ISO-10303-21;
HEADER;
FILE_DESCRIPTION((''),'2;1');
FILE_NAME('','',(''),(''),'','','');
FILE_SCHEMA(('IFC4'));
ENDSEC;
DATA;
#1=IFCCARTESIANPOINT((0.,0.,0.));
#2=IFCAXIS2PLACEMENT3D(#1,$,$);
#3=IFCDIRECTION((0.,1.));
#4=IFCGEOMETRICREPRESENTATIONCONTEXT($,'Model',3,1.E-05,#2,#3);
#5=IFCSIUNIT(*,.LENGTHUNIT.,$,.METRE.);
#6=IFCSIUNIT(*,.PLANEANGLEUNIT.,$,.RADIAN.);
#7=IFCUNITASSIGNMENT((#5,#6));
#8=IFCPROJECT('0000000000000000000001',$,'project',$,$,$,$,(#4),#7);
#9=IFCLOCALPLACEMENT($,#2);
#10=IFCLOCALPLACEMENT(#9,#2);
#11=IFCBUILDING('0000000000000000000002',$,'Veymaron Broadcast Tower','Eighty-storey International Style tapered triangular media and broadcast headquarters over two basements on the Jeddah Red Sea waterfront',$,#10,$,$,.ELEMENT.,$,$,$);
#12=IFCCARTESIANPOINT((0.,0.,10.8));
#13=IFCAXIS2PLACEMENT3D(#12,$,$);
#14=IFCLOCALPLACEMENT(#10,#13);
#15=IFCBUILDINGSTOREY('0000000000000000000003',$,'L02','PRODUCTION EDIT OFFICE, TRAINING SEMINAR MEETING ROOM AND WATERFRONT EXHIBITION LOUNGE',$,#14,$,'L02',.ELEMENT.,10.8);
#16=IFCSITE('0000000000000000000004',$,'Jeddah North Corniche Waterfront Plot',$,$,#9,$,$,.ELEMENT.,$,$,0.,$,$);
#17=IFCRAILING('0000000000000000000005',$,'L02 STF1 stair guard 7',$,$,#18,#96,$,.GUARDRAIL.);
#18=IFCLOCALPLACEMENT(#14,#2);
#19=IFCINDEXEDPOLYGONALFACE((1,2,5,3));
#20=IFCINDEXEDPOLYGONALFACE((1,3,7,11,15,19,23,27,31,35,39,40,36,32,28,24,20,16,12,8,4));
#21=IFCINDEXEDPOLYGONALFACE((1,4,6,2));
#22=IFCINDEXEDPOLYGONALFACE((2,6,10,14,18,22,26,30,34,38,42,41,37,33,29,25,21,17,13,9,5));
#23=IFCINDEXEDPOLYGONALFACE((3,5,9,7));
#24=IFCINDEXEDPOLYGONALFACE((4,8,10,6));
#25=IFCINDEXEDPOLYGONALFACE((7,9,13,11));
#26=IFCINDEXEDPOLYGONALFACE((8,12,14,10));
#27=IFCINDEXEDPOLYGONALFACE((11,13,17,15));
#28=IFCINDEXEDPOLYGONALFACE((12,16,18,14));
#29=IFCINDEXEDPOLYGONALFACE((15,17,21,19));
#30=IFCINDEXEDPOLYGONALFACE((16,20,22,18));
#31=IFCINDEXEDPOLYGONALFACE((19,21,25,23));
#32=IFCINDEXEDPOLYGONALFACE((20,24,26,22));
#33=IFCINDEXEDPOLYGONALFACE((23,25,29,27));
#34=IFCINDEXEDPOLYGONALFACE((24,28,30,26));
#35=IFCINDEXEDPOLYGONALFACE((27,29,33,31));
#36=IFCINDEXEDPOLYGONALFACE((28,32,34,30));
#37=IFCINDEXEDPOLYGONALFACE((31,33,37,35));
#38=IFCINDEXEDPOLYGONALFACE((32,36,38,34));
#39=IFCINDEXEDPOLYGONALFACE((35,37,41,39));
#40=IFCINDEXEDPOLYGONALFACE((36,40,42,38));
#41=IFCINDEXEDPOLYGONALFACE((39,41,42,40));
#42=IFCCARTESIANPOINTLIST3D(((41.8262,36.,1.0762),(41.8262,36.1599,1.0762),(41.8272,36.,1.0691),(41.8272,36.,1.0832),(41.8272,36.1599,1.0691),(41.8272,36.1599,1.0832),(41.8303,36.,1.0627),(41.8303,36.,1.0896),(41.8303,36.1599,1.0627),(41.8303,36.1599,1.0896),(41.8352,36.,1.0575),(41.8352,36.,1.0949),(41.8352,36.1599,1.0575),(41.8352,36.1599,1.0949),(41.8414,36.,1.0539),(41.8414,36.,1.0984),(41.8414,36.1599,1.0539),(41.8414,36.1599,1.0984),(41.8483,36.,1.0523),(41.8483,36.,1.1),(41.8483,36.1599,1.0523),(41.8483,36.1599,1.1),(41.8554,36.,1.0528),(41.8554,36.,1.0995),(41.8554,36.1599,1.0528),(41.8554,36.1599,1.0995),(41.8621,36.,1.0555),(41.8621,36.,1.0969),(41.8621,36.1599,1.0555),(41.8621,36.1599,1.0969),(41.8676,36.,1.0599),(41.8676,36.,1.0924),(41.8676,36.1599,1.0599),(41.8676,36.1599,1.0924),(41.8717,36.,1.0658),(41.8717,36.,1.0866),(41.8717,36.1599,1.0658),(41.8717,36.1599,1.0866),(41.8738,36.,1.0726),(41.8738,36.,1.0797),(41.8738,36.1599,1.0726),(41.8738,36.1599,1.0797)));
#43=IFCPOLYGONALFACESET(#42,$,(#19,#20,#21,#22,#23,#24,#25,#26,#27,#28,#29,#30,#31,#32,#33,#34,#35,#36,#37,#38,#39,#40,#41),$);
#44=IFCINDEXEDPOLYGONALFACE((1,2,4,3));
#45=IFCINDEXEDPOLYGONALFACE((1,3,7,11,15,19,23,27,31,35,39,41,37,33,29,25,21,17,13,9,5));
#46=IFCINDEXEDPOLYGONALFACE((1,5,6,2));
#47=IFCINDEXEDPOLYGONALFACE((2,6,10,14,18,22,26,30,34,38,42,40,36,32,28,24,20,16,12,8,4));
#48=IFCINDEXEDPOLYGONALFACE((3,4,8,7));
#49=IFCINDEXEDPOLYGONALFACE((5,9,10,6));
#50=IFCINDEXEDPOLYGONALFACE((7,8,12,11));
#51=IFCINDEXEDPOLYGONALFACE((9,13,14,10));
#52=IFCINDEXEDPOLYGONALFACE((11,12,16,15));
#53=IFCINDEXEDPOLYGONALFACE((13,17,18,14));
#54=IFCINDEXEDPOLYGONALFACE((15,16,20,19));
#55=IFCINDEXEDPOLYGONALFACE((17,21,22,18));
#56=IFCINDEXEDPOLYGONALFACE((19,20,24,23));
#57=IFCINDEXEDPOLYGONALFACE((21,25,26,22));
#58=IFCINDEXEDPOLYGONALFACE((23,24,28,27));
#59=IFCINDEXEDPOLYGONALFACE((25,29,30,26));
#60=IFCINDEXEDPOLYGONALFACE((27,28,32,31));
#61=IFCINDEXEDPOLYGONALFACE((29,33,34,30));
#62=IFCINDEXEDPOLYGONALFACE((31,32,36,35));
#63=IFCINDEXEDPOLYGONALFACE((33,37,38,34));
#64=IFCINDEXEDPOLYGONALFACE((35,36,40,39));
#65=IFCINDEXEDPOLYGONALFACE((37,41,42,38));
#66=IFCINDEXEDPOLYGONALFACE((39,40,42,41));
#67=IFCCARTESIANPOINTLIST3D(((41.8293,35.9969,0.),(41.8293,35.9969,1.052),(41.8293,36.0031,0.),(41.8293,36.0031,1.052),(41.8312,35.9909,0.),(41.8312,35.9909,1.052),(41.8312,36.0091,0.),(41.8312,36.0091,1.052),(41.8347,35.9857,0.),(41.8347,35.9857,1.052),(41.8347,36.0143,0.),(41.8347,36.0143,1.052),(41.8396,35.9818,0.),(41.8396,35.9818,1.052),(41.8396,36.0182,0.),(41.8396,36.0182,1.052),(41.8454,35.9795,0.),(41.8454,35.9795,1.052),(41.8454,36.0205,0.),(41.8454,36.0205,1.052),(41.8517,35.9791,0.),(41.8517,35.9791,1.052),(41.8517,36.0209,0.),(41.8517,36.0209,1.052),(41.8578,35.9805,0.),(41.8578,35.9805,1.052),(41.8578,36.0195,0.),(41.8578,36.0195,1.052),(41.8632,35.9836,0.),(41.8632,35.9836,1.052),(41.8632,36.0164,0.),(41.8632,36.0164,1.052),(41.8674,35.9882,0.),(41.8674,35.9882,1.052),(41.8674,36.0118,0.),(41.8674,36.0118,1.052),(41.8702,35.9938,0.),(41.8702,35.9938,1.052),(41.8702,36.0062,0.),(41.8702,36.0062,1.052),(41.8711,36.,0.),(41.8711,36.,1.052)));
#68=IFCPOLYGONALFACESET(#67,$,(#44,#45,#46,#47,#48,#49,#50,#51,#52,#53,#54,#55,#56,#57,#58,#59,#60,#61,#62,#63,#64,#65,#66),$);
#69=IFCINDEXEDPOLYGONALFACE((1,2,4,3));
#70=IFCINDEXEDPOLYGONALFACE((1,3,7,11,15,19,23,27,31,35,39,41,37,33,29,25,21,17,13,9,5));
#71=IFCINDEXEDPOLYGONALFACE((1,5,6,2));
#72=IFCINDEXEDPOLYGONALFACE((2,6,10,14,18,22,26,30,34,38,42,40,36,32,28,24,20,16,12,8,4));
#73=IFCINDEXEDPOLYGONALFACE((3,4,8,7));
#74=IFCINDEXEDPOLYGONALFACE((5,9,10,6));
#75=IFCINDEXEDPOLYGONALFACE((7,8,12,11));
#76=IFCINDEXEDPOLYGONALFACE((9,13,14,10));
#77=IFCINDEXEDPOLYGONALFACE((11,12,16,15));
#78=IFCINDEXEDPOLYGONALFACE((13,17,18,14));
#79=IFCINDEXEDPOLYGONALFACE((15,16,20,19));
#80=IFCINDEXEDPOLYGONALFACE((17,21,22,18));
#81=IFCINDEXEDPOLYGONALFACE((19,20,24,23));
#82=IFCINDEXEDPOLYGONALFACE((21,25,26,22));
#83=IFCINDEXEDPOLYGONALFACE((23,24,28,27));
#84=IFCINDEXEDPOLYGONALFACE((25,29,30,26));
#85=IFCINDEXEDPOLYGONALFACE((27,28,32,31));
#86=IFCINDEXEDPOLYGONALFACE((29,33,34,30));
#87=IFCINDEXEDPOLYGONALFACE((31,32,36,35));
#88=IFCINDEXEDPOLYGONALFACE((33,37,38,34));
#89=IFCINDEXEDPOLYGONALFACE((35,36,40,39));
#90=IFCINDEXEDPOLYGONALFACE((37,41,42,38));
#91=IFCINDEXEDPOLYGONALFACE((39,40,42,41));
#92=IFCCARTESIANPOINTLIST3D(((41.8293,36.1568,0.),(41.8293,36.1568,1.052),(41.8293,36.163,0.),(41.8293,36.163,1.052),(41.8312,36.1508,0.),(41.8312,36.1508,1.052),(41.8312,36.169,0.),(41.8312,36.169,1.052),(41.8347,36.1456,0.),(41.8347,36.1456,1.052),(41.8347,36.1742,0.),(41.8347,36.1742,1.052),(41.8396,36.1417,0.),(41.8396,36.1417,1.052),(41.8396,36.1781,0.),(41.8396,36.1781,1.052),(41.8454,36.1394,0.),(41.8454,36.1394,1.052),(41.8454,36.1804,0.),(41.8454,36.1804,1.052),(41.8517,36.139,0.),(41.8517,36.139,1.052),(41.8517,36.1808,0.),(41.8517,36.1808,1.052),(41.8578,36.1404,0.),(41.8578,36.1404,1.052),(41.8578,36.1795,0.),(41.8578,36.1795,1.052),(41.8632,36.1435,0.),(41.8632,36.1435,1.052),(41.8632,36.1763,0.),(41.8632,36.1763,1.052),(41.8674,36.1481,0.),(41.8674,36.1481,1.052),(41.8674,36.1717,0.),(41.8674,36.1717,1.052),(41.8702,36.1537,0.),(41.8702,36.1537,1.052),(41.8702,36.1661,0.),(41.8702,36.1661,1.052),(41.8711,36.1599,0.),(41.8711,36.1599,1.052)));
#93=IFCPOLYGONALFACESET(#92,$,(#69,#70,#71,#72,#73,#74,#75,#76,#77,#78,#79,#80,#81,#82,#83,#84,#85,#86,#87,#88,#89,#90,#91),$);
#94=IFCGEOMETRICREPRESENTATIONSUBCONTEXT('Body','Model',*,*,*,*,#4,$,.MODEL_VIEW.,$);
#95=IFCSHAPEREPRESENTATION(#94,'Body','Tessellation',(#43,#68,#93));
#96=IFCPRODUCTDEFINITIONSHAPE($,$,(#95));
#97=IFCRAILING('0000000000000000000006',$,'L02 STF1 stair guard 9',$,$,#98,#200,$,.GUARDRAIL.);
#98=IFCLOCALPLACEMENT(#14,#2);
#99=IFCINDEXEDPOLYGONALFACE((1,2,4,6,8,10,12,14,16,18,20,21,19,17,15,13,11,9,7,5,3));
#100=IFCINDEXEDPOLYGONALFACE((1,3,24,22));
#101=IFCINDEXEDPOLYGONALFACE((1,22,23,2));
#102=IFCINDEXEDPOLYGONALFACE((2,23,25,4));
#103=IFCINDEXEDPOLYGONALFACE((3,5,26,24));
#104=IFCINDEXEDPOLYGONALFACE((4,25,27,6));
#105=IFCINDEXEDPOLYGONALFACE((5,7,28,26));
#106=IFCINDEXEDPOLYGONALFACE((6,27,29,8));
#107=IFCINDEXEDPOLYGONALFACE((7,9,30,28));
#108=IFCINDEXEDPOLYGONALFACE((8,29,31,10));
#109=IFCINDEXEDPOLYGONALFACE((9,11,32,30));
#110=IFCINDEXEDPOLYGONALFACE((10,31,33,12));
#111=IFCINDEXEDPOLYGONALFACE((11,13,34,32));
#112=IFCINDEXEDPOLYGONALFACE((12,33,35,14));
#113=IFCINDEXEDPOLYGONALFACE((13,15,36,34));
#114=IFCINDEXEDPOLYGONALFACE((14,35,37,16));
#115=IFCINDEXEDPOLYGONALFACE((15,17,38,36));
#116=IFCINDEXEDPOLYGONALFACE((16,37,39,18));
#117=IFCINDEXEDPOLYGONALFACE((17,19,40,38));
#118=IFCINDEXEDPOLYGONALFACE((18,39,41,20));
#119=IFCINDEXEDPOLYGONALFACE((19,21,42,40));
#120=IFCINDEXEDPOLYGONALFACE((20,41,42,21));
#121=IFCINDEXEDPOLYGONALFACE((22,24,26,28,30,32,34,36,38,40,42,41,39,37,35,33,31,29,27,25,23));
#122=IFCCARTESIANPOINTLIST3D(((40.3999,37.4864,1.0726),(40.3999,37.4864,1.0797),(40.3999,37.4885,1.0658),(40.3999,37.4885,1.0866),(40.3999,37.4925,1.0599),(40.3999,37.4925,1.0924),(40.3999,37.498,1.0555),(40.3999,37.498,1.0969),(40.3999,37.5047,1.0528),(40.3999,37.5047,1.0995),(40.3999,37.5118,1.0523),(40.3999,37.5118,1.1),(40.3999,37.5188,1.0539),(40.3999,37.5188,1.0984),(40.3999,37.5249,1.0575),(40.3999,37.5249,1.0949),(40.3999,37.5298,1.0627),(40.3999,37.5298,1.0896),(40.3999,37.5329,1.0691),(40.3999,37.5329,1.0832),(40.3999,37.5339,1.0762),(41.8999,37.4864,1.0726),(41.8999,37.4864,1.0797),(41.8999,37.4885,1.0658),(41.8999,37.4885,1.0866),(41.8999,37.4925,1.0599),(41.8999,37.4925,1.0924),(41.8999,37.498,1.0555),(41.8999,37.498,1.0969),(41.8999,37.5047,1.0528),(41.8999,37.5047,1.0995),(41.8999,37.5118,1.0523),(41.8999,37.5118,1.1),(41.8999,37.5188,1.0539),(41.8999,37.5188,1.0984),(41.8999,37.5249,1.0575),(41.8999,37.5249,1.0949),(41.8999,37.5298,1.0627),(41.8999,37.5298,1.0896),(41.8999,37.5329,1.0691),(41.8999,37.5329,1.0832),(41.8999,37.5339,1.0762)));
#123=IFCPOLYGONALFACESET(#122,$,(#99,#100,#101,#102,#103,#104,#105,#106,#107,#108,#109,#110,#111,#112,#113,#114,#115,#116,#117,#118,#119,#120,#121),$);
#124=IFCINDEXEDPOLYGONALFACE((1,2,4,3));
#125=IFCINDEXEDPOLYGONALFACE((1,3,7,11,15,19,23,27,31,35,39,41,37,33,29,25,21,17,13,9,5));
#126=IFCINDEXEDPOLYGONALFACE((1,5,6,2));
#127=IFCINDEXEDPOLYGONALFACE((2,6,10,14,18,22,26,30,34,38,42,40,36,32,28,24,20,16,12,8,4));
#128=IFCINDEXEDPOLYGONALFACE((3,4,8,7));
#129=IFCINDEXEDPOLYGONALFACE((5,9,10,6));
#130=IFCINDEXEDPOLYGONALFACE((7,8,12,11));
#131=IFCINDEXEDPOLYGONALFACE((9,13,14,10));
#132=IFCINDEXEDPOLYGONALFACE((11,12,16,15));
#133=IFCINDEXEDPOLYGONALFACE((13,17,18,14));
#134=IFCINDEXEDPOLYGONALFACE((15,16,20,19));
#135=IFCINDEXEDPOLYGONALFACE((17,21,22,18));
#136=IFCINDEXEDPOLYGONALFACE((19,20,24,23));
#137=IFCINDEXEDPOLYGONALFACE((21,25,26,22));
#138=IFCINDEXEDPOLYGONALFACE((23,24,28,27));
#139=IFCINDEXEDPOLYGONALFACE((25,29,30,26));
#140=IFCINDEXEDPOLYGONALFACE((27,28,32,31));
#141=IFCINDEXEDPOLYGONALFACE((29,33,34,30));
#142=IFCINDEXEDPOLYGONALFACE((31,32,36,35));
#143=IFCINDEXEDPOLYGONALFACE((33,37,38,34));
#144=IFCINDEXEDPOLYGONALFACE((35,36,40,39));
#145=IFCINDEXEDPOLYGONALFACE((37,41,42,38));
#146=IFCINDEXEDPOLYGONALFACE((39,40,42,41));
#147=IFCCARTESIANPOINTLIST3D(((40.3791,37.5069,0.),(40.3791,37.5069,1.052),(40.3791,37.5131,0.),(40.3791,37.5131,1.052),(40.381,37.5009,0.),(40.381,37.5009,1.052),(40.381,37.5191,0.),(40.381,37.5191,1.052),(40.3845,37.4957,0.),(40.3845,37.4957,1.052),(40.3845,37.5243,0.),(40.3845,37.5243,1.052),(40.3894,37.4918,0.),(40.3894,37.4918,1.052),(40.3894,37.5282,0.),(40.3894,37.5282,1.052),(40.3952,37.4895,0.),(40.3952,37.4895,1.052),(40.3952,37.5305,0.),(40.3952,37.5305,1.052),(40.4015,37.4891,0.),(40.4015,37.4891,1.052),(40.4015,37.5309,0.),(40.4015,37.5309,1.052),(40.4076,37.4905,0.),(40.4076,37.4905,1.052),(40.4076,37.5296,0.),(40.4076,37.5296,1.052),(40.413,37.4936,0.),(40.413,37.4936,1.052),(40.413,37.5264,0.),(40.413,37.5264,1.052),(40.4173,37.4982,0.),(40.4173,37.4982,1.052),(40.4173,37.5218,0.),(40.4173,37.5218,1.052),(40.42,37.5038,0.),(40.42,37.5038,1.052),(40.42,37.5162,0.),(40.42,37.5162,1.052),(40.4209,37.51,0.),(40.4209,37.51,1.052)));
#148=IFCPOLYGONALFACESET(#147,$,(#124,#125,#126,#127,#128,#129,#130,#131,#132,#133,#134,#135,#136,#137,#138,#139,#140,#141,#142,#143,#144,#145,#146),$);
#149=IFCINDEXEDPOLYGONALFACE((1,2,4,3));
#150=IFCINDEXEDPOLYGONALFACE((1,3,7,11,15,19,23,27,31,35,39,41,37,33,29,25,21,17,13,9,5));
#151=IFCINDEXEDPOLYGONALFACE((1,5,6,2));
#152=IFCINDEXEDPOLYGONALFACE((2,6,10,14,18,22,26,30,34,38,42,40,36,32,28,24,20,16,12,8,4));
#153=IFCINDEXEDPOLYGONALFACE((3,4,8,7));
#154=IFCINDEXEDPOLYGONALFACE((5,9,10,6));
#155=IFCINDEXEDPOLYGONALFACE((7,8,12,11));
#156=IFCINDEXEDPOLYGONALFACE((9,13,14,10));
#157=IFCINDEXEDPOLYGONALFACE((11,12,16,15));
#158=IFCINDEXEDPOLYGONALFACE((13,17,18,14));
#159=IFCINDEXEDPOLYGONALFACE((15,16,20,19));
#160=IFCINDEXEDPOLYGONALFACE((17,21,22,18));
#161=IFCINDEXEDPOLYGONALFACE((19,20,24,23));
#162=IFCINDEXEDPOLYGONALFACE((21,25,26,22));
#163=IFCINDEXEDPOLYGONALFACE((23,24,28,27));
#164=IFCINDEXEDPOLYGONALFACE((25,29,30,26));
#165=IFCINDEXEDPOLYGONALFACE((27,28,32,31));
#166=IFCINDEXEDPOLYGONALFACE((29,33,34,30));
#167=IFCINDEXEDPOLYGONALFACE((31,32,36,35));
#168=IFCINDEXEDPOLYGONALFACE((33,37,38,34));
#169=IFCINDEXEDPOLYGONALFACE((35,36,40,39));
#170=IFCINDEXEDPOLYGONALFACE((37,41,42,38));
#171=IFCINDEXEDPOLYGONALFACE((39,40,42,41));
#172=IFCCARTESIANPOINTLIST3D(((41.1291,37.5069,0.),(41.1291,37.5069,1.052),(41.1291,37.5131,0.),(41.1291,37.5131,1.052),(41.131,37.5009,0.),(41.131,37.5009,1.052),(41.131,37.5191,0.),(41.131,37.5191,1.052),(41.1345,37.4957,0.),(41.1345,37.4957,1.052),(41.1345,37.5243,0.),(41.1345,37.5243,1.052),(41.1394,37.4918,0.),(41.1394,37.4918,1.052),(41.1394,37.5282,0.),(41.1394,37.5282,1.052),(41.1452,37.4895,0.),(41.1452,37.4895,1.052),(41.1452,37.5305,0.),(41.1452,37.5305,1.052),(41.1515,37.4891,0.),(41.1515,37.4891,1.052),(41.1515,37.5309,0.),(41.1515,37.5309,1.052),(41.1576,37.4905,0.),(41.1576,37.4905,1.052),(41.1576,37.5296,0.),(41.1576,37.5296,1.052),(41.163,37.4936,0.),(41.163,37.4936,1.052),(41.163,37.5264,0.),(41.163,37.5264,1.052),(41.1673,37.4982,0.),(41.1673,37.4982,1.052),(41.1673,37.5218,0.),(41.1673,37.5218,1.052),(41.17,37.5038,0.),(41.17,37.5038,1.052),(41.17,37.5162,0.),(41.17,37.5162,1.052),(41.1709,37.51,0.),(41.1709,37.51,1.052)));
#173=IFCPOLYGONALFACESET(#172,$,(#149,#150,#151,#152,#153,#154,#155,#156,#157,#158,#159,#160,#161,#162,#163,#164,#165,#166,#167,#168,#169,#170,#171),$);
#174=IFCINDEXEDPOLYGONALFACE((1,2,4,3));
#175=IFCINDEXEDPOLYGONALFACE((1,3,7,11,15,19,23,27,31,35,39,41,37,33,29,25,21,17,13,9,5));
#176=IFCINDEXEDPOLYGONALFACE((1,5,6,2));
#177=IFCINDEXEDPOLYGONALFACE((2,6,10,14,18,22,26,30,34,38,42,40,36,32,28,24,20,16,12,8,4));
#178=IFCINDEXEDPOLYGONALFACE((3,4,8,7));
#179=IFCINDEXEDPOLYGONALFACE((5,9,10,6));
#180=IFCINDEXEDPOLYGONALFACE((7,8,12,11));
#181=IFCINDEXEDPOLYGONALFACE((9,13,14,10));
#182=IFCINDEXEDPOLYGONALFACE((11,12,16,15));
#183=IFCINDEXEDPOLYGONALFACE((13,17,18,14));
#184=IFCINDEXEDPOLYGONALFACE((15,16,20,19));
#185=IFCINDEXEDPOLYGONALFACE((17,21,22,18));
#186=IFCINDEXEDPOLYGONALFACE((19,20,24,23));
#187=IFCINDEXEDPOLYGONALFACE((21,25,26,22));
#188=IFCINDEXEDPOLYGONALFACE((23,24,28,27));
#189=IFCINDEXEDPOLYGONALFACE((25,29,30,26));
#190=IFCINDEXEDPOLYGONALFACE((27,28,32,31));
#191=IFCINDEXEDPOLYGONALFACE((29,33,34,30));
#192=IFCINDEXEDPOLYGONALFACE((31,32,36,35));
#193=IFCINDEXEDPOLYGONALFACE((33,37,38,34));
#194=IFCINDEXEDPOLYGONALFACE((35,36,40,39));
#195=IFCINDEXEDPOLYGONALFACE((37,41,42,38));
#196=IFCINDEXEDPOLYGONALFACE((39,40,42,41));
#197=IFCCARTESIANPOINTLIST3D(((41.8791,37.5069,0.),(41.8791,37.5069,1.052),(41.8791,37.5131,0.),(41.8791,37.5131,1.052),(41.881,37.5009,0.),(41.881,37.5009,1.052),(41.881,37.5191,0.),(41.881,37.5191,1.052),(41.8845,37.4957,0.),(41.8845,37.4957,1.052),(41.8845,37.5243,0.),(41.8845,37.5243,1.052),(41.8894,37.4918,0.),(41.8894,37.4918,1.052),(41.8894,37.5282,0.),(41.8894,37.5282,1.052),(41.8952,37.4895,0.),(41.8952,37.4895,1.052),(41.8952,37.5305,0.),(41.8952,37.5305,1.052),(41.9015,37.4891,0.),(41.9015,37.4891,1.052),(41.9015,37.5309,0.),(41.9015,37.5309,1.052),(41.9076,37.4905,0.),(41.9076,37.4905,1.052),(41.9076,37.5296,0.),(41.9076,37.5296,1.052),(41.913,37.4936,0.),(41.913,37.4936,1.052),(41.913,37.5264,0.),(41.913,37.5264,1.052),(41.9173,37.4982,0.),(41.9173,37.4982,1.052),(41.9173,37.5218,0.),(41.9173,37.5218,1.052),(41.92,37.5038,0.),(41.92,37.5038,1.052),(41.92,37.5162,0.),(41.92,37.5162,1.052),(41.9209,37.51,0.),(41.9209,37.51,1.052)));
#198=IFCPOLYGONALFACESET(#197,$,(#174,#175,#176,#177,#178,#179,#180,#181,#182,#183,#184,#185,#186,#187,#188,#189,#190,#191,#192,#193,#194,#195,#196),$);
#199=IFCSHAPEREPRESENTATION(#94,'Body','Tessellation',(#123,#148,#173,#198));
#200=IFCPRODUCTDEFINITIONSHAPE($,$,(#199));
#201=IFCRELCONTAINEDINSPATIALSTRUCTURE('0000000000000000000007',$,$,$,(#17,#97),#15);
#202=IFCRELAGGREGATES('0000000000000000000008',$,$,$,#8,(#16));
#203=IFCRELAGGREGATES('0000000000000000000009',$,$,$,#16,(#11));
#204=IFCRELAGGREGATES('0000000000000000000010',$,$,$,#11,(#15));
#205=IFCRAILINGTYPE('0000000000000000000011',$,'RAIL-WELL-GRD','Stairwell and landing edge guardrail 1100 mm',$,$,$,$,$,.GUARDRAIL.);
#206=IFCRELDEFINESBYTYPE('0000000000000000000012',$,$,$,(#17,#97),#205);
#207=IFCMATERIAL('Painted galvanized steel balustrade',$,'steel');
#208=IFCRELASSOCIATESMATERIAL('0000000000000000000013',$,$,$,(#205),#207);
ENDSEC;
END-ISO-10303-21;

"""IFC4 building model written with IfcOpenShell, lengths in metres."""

from ifc_helpers import new_model, si_unit, direction, frame, origin, origin_2d, place, context, subcontext, project, spatial, circle, extrude, material, type_object, element, save


model = new_model("IFC4")

# Units and contexts
model_context = context("Model", 3, precision=1e-05, world=origin(), true_north=direction((0.0, 1.0)))
body_context = subcontext(model_context, "Body", "Model", "MODEL_VIEW")
ifc_project = project(units=[si_unit("LENGTHUNIT", "METRE"), si_unit("PLANEANGLEUNIT", "RADIAN")], contexts=[model_context])

# Site, building, storey
site_placement = place(None, origin())
site = spatial("IfcSite", under=ifc_project, at=site_placement, Name="Jeddah North Corniche Waterfront Plot", CompositionType="ELEMENT", RefElevation=0.0)
building_placement = place(site_placement, origin())
building = spatial("IfcBuilding", under=site, at=building_placement, Name="Veymaron Broadcast Tower", Description="Eighty-storey International Style tapered triangular media and broadcast headquarters over two basements on the Jeddah Red Sea waterfront", CompositionType="ELEMENT")
storey_placement = place(building_placement, frame((0.0, 0.0, 10.8)))
storey = spatial("IfcBuildingStorey", under=building, at=storey_placement, Name="L02", Description="PRODUCTION EDIT OFFICE, TRAINING SEMINAR MEETING ROOM AND WATERFRONT EXHIBITION LOUNGE", LongName="L02", CompositionType="ELEMENT", Elevation=10.8)

# Railings
ifc_material_1 = material(Name="Painted galvanized steel balustrade", Category="steel")
railing_type_1 = type_object("IfcRailingType", Name="RAIL-WELL-GRD", Description="Stairwell and landing edge guardrail 1100 mm", PredefinedType="GUARDRAIL", material=ifc_material_1)
railing_1_placement = place(storey_placement, frame((41.8501, 36.0, 0.0)))
element("IfcRailing", 1, at=railing_1_placement, inside=storey, type_object=railing_type_1, Name="L02 STF1 stair guard 7", PredefinedType="GUARDRAIL", context=body_context, shape_type="SweptSolid", body=[
    extrude(circle(Radius=0.0239, at=origin_2d()), frame((0.0, 0.0, 1.0762), z_axis=(0.0, 1.0, 0.0), x_axis=(-1.0, 0.0, 0.0)), (0.0, 0.0, 1.0), 0.1599),
    extrude(circle(Radius=0.021, at=origin_2d()), origin(), (0.0, 0.0, 1.0), 1.052),
    extrude(circle(Radius=0.021, at=origin_2d()), frame((0.0, 0.1599, 0.0)), (0.0, 0.0, 1.0), 1.052),
])
railing_2_placement = place(storey_placement, frame((40.3999, 37.51, 0.0)))
element("IfcRailing", 2, at=railing_2_placement, inside=storey, type_object=railing_type_1, Name="L02 STF1 stair guard 9", PredefinedType="GUARDRAIL", context=body_context, shape_type="SweptSolid", body=[
    extrude(circle(Radius=0.0239, at=origin_2d()), frame((0.0, 0.0, 1.0762), z_axis=(1.0, 0.0, 0.0), x_axis=(0.0, 1.0, 0.0)), (0.0, 0.0, 1.0), 1.5),
    extrude(circle(Radius=0.021, at=origin_2d()), origin(), (0.0, 0.0, 1.0), 1.052),
    extrude(circle(Radius=0.021, at=origin_2d()), frame((0.75, 0.0, 0.0)), (0.0, 0.0, 1.0), 1.052),
    extrude(circle(Radius=0.021, at=origin_2d()), frame((1.5, 0.0, 0.0)), (0.0, 0.0, 1.0), 1.052),
])

save(model, "model.ifc")
